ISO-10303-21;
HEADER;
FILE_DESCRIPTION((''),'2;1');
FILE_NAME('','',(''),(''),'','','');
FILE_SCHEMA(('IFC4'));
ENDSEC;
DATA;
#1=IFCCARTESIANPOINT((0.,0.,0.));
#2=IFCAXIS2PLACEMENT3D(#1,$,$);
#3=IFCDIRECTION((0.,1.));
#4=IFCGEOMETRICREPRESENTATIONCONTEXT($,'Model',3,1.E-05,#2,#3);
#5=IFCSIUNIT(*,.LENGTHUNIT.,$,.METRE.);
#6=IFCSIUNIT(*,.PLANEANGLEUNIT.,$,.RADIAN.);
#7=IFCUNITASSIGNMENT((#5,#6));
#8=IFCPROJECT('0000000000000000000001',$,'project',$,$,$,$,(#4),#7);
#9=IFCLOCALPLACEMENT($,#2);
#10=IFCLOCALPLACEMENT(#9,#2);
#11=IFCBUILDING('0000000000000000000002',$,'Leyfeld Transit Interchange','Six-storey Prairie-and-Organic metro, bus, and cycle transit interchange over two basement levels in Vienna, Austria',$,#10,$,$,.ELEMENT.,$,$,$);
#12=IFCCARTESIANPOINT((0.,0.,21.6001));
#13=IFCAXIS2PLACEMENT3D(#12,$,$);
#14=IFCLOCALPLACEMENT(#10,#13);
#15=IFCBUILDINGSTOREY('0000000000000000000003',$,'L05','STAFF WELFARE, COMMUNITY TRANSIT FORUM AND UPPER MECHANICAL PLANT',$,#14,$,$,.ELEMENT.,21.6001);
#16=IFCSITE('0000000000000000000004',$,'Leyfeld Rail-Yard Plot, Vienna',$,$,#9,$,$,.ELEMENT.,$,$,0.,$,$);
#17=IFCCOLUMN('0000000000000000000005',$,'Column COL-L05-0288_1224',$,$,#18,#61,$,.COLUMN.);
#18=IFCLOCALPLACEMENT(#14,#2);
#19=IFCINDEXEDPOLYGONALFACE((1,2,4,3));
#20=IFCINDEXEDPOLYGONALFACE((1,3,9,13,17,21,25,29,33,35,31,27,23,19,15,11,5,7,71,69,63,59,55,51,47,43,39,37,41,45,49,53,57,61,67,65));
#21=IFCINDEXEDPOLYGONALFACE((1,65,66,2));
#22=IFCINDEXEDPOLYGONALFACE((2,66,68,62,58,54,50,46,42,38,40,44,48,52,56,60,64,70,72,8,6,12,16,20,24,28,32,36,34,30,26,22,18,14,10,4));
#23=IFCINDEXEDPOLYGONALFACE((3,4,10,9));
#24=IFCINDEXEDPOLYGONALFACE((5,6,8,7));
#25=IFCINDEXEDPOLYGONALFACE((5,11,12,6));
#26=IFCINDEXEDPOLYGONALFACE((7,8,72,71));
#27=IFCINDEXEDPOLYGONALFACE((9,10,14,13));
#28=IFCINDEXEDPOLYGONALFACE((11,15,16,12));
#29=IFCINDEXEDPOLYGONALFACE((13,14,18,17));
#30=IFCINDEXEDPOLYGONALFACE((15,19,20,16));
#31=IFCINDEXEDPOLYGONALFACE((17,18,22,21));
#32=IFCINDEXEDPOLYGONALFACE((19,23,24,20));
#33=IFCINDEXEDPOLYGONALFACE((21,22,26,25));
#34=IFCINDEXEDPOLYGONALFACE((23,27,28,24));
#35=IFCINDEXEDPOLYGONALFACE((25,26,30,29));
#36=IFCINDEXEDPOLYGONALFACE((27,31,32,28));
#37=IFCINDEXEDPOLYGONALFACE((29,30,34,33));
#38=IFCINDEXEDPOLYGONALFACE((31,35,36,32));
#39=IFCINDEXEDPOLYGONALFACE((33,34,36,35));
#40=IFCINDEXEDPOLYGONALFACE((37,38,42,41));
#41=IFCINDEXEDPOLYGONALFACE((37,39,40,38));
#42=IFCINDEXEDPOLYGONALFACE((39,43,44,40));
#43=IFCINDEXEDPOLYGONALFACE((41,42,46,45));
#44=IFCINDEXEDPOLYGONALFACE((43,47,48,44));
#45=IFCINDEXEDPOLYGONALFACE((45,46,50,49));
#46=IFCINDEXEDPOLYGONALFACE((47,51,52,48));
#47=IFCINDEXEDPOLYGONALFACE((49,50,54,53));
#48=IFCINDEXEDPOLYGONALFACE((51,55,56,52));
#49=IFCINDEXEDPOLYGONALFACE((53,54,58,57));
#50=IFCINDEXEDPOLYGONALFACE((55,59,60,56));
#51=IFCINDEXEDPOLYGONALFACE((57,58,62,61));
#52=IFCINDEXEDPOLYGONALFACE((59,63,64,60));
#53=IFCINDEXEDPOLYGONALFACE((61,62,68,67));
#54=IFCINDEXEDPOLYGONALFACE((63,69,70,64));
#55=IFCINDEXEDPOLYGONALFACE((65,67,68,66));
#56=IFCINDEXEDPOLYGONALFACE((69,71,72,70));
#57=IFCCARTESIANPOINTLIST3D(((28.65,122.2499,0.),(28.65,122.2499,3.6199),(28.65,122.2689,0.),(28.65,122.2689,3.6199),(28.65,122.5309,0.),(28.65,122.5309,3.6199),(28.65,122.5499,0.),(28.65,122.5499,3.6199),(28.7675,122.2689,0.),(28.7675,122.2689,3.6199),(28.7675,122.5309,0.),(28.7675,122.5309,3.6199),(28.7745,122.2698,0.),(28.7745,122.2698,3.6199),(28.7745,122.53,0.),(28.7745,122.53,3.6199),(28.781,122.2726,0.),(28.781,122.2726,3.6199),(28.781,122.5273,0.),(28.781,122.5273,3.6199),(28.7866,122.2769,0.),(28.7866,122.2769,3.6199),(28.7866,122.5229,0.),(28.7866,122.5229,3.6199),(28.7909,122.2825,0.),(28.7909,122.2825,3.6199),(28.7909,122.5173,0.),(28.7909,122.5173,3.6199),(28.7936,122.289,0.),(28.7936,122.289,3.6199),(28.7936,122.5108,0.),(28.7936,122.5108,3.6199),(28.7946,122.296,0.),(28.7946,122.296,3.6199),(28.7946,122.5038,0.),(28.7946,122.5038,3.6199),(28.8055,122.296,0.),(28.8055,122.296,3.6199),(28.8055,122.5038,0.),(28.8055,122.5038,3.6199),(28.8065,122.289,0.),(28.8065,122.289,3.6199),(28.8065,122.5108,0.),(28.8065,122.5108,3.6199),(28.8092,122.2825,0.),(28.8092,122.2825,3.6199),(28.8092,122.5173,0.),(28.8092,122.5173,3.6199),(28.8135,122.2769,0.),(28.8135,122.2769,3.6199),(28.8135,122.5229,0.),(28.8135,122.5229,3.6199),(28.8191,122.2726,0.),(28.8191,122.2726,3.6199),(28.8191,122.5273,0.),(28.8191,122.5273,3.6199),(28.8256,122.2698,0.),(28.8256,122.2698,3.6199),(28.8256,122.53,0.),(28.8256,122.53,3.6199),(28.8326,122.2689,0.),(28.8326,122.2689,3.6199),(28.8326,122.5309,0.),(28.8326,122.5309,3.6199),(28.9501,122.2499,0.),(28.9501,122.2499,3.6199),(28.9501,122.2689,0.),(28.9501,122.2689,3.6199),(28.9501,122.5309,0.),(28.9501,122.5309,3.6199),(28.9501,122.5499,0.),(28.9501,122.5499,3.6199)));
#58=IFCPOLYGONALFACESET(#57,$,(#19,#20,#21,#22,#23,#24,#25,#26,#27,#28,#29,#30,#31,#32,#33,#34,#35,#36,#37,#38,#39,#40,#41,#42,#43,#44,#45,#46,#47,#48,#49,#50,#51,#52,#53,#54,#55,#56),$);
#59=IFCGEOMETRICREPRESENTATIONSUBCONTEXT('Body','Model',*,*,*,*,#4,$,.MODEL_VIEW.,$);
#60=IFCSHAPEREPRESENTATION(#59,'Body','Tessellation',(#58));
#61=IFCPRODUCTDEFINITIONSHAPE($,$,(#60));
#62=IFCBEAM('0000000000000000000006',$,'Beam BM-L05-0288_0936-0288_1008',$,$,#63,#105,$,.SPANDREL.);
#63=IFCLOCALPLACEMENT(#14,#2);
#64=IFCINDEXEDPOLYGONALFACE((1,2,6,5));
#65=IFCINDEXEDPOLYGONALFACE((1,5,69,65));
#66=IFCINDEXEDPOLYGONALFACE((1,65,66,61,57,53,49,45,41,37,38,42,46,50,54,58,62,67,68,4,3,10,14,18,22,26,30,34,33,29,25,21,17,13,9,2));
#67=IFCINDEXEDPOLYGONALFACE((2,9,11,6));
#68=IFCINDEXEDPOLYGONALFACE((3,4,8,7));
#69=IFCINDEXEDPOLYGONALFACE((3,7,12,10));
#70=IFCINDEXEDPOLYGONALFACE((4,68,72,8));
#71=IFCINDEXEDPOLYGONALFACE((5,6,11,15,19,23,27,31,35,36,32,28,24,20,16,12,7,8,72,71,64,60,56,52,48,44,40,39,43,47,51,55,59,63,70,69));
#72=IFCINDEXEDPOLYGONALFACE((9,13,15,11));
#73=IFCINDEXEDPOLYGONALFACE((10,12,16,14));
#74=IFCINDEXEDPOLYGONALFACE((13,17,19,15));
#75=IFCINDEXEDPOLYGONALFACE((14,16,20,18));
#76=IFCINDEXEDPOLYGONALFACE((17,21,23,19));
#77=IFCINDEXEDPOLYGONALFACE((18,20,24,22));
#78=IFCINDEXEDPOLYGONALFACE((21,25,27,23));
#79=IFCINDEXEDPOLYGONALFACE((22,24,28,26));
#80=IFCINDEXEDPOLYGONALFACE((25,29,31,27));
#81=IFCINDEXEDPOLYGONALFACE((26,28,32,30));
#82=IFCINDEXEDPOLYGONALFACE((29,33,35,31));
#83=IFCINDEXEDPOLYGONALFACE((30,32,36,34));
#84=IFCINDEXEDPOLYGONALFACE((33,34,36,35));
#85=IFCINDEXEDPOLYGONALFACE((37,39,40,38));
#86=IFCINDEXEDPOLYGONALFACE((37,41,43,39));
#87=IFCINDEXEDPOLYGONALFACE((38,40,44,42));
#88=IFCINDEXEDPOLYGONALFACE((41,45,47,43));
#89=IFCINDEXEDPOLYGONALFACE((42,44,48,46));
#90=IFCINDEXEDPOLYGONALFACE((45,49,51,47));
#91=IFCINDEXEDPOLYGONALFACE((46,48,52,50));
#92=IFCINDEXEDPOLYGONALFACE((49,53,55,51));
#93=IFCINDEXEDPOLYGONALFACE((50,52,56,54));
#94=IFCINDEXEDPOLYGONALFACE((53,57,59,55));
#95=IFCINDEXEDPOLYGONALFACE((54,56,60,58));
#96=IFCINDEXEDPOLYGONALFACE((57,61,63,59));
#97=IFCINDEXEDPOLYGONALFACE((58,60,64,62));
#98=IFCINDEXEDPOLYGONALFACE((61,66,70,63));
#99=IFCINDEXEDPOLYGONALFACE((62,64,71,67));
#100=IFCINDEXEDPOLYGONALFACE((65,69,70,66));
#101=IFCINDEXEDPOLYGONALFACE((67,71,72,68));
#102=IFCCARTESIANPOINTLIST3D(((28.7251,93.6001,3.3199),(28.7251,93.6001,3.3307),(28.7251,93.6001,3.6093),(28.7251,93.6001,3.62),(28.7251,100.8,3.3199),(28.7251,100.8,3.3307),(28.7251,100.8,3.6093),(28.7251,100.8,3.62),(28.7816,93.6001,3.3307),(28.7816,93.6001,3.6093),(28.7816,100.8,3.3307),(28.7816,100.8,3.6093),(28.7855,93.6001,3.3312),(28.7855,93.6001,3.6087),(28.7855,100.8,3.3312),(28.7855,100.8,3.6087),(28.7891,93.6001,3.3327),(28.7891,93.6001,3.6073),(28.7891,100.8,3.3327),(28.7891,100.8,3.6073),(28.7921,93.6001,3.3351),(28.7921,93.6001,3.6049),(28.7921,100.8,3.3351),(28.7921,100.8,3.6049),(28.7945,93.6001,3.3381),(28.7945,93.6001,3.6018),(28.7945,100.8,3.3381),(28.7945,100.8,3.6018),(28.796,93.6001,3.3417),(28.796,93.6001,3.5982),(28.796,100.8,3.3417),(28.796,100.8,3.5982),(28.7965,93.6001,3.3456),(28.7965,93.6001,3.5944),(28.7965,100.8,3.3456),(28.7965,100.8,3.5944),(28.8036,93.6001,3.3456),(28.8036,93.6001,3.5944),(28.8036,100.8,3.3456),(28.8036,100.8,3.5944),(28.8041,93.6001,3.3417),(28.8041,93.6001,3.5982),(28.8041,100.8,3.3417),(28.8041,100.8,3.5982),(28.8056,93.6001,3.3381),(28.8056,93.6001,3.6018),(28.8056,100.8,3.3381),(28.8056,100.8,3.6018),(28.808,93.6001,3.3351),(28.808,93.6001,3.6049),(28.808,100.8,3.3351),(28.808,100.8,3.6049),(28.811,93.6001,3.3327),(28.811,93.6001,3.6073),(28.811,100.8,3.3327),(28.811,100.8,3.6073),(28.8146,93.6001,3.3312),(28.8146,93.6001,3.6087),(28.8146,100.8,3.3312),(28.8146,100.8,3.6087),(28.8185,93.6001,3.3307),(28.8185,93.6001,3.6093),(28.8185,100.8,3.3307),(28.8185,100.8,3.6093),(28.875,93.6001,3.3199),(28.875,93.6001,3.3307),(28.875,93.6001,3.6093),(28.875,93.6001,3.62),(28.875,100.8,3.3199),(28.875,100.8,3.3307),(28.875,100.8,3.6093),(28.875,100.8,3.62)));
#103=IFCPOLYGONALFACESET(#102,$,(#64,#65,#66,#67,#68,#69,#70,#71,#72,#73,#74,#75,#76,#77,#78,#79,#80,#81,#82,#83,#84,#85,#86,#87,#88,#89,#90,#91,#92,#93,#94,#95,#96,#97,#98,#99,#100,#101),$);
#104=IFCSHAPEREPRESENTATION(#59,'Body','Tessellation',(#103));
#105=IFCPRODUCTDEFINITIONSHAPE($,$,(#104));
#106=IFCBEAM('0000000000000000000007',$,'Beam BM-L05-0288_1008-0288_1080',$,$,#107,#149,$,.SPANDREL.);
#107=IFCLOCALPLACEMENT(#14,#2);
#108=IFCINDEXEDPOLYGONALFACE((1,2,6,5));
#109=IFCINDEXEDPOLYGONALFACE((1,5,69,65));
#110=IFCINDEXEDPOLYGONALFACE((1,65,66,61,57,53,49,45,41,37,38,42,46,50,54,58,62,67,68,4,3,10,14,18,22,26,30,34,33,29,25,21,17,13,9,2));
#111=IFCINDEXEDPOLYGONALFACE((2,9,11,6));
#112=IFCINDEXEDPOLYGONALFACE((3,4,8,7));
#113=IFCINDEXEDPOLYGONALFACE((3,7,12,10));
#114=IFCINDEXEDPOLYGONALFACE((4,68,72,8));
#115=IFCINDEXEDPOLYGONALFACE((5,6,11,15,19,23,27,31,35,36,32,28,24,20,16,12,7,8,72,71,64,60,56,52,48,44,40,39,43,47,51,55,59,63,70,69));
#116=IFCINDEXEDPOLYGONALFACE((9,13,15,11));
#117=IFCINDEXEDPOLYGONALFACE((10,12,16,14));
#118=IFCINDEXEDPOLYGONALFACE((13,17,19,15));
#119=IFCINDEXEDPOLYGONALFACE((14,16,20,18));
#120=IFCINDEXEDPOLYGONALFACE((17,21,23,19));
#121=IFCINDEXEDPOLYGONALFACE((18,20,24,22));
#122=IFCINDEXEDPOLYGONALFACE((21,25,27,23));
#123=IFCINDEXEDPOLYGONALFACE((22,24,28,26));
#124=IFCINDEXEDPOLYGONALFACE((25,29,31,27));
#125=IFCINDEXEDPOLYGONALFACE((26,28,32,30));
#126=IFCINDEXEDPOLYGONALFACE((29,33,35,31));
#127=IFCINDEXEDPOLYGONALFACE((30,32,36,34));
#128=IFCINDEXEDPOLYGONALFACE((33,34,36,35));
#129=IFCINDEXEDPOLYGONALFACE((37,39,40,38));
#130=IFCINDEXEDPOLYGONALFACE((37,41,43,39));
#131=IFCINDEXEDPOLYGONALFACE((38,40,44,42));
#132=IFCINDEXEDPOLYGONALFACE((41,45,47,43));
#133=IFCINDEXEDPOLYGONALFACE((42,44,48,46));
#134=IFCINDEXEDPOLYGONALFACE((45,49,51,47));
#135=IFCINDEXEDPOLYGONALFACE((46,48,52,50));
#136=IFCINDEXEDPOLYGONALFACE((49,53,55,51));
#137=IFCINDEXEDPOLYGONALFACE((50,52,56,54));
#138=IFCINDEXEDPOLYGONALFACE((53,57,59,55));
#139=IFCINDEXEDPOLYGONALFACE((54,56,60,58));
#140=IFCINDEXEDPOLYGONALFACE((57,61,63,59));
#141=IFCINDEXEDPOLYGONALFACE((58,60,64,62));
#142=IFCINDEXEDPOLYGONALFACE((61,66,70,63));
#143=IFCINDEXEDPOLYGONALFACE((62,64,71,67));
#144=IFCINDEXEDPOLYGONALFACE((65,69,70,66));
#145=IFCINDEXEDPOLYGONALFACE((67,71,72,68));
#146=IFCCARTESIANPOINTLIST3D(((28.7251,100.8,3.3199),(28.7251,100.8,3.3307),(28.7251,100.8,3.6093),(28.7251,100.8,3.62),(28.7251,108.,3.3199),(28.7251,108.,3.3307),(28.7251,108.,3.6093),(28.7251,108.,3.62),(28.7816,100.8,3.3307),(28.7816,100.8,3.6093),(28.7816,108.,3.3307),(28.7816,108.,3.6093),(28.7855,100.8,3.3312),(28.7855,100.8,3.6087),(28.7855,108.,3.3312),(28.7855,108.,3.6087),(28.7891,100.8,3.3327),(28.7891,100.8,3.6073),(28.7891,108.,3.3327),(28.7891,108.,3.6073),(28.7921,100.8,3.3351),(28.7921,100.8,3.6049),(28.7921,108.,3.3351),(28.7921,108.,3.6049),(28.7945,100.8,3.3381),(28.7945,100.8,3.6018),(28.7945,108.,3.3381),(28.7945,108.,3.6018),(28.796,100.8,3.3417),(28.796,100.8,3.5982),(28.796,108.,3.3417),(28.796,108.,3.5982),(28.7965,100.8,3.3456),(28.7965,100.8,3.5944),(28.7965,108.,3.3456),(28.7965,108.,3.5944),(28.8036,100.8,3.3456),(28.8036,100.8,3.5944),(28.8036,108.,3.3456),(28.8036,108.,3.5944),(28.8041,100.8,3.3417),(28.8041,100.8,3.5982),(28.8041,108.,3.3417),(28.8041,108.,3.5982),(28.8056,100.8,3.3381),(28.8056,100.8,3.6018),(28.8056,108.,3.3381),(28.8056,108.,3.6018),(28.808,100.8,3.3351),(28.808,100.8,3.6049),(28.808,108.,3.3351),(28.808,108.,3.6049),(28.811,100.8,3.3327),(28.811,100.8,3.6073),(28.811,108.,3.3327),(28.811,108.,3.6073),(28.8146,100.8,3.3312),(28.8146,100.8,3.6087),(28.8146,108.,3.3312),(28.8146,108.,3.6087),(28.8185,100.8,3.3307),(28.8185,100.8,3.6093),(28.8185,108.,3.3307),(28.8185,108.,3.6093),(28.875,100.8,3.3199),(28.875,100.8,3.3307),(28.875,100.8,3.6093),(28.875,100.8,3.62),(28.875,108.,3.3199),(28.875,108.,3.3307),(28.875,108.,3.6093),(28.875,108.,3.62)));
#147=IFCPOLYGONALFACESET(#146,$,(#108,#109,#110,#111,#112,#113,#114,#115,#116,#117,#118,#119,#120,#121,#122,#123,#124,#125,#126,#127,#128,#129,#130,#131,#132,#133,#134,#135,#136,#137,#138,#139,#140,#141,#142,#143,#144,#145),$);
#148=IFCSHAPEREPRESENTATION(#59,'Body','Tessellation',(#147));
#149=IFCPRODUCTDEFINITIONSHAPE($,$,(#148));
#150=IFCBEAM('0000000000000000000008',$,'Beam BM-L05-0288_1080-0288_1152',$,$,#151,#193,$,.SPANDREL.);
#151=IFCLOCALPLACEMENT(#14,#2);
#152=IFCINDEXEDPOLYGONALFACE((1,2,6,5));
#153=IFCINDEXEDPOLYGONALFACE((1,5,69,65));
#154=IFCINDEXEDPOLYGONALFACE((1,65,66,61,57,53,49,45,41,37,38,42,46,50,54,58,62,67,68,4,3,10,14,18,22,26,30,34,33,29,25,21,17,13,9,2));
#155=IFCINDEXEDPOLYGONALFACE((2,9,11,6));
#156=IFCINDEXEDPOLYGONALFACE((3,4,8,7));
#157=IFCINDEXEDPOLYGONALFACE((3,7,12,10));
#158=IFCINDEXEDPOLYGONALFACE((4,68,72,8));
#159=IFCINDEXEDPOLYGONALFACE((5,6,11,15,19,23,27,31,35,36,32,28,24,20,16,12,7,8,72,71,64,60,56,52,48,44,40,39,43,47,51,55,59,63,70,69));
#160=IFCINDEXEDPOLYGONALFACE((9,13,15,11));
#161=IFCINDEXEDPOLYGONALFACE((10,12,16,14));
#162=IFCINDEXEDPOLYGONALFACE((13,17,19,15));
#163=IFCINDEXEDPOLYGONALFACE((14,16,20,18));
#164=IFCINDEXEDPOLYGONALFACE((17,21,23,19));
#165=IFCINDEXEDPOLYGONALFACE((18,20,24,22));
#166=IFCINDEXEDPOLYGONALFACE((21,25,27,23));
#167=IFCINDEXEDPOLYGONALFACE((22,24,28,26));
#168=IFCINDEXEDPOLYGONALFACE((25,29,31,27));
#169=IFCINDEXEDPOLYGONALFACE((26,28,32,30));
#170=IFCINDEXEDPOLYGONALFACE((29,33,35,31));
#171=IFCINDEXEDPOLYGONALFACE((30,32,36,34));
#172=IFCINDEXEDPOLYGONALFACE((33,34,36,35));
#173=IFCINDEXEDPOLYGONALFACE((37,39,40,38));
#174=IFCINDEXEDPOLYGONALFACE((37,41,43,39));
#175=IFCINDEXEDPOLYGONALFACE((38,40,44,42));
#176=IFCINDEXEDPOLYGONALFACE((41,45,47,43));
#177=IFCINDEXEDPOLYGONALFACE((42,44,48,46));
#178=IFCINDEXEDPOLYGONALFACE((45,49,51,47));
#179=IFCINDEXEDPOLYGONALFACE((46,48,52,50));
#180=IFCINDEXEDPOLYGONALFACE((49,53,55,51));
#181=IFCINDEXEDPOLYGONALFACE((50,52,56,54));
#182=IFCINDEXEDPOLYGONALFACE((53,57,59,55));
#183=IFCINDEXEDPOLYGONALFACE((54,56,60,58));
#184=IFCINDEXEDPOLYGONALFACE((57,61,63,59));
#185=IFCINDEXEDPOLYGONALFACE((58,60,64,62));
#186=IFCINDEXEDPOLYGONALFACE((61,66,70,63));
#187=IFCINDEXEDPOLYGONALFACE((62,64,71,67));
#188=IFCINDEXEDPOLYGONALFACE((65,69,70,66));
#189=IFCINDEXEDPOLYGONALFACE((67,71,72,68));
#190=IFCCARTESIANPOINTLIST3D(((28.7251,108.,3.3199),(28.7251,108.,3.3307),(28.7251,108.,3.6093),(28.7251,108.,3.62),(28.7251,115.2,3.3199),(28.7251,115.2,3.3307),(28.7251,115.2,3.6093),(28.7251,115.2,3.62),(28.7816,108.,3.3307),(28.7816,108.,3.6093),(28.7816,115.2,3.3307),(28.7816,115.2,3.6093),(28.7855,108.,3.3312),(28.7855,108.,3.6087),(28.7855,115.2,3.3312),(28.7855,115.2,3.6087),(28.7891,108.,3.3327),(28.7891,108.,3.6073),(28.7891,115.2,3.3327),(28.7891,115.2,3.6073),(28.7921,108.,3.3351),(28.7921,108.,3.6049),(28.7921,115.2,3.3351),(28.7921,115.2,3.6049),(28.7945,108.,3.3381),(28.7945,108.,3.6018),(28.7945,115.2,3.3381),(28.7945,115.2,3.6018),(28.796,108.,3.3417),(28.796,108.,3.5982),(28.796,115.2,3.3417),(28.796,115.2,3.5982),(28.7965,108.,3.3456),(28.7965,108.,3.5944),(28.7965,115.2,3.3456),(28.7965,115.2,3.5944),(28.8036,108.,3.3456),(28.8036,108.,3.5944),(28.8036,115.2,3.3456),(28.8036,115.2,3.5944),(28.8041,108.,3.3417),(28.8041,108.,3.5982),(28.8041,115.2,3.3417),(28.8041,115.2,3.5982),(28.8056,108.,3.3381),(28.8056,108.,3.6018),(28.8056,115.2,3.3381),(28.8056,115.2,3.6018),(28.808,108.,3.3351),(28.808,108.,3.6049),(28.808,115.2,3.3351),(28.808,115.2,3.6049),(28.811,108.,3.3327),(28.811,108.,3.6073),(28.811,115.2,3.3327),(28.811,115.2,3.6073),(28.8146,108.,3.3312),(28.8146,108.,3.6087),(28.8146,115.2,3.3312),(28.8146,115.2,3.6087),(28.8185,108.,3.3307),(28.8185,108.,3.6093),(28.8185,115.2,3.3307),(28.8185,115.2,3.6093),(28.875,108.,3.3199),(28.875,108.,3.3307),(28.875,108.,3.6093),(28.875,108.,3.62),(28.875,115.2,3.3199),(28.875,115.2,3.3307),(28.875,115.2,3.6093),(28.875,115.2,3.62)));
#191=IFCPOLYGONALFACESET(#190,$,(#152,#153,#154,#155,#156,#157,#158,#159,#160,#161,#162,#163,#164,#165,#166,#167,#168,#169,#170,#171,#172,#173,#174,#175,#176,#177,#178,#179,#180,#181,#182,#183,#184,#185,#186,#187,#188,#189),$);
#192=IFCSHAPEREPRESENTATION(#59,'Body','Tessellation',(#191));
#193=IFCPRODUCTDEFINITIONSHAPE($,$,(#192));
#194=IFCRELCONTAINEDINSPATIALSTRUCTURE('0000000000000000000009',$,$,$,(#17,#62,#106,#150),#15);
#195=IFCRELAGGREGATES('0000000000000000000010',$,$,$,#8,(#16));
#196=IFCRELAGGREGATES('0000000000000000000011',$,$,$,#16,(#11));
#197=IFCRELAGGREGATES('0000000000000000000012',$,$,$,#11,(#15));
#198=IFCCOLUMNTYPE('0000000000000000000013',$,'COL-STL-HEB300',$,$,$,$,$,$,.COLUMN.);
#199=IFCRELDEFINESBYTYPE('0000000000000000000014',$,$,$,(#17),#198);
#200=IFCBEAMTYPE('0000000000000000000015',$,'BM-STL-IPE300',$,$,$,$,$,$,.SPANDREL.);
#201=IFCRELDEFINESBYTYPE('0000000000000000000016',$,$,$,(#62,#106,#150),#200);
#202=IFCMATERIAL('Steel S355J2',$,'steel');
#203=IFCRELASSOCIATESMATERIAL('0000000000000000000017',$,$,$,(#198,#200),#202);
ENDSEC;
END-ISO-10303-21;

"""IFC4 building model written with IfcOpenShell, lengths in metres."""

from ifc_helpers import new_model, si_unit, direction, frame, origin, origin_2d, place, context, subcontext, project, spatial, i_section, extrude, material, material_profile, profile_set, type_object, element, save


model = new_model("IFC4")

# Units and contexts
model_context = context("Model", 3, precision=1e-05, world=origin(), true_north=direction((0.0, 1.0)))
body_context = subcontext(model_context, "Body", "Model", "MODEL_VIEW")
ifc_project = project(units=[si_unit("LENGTHUNIT", "METRE"), si_unit("PLANEANGLEUNIT", "RADIAN")], contexts=[model_context])

# Site, building, storey
site_placement = place(None, origin())
site = spatial("IfcSite", under=ifc_project, at=site_placement, Name="Leyfeld Rail-Yard Plot, Vienna", CompositionType="ELEMENT", RefElevation=0.0)
building_placement = place(site_placement, origin())
building = spatial("IfcBuilding", under=site, at=building_placement, Name="Leyfeld Transit Interchange", Description="Six-storey Prairie-and-Organic metro, bus, and cycle transit interchange over two basement levels in Vienna, Austria", CompositionType="ELEMENT")
storey_placement = place(building_placement, frame((0.0, 0.0, 21.6001)))
storey = spatial("IfcBuildingStorey", under=building, at=storey_placement, Name="L05", Description="STAFF WELFARE, COMMUNITY TRANSIT FORUM AND UPPER MECHANICAL PLANT", CompositionType="ELEMENT", Elevation=21.6001)

# Column
ifc_material_1 = material(Name="Steel S355J2", Category="steel")
ifc_material_profile_1 = material_profile(ifc_material_1, i_section(OverallWidth=0.3, OverallDepth=0.3, WebThickness=0.011, FlangeThickness=0.019, FilletRadius=0.0271, at=origin_2d()), Name="HEB 300")
ifc_profile_set_1 = profile_set([ifc_material_profile_1], Name="Steel S355J2")
column_type_1 = type_object("IfcColumnType", Name="COL-STL-HEB300", PredefinedType="COLUMN", material=ifc_profile_set_1)
for number, where, z_axis, x_axis, name in (
    (1, (28.8, 122.3999, 0.0), (0.0, 0.0, 1.0), (1.0, 0.0, 0.0), "Column COL-L05-0288_1224"),
):
    element("IfcColumn", number, at=place(storey_placement, frame(where, z_axis=z_axis, x_axis=x_axis)), inside=storey, type_object=column_type_1, Name=name, PredefinedType="COLUMN", context=body_context, shape_type="SweptSolid", body=[
        extrude(i_section(OverallWidth=0.3, OverallDepth=0.3, WebThickness=0.011, FlangeThickness=0.019, FilletRadius=0.0271, at=origin_2d()), origin(), (0.0, 0.0, 1.0), 3.6199),
    ])

# Beams
ifc_material_profile_2 = material_profile(ifc_material_1, i_section(OverallWidth=0.1499, OverallDepth=0.3, WebThickness=0.0071, FlangeThickness=0.0107, FilletRadius=0.0149, at=origin_2d()), Name="IPE 300")
ifc_profile_set_2 = profile_set([ifc_material_profile_2], Name="Steel S355J2")
beam_type = type_object("IfcBeamType", Name="BM-STL-IPE300", PredefinedType="SPANDREL", material=ifc_profile_set_2)
for number, where, z_axis, x_axis, name in (
    (2, (28.8, 93.6001, 3.47), (0.0, 1.0, 0.0), (-1.0, 0.0, 0.0), "Beam BM-L05-0288_0936-0288_1008"),
    (3, (28.8, 100.8, 3.47), (0.0, 1.0, 0.0), (-1.0, 0.0, 0.0), "Beam BM-L05-0288_1008-0288_1080"),
    (4, (28.8, 108.0, 3.47), (0.0, 1.0, 0.0), (-1.0, 0.0, 0.0), "Beam BM-L05-0288_1080-0288_1152"),
):
    element("IfcBeam", number, at=place(storey_placement, frame(where, z_axis=z_axis, x_axis=x_axis)), inside=storey, type_object=beam_type, Name=name, PredefinedType="SPANDREL", context=body_context, shape_type="SweptSolid", body=[
        extrude(i_section(OverallWidth=0.1499, OverallDepth=0.3, WebThickness=0.0071, FlangeThickness=0.0107, FilletRadius=0.0149, at=origin_2d()), origin(), (0.0, 0.0, 1.0), 7.2),
    ])

save(model, "model.ifc")
